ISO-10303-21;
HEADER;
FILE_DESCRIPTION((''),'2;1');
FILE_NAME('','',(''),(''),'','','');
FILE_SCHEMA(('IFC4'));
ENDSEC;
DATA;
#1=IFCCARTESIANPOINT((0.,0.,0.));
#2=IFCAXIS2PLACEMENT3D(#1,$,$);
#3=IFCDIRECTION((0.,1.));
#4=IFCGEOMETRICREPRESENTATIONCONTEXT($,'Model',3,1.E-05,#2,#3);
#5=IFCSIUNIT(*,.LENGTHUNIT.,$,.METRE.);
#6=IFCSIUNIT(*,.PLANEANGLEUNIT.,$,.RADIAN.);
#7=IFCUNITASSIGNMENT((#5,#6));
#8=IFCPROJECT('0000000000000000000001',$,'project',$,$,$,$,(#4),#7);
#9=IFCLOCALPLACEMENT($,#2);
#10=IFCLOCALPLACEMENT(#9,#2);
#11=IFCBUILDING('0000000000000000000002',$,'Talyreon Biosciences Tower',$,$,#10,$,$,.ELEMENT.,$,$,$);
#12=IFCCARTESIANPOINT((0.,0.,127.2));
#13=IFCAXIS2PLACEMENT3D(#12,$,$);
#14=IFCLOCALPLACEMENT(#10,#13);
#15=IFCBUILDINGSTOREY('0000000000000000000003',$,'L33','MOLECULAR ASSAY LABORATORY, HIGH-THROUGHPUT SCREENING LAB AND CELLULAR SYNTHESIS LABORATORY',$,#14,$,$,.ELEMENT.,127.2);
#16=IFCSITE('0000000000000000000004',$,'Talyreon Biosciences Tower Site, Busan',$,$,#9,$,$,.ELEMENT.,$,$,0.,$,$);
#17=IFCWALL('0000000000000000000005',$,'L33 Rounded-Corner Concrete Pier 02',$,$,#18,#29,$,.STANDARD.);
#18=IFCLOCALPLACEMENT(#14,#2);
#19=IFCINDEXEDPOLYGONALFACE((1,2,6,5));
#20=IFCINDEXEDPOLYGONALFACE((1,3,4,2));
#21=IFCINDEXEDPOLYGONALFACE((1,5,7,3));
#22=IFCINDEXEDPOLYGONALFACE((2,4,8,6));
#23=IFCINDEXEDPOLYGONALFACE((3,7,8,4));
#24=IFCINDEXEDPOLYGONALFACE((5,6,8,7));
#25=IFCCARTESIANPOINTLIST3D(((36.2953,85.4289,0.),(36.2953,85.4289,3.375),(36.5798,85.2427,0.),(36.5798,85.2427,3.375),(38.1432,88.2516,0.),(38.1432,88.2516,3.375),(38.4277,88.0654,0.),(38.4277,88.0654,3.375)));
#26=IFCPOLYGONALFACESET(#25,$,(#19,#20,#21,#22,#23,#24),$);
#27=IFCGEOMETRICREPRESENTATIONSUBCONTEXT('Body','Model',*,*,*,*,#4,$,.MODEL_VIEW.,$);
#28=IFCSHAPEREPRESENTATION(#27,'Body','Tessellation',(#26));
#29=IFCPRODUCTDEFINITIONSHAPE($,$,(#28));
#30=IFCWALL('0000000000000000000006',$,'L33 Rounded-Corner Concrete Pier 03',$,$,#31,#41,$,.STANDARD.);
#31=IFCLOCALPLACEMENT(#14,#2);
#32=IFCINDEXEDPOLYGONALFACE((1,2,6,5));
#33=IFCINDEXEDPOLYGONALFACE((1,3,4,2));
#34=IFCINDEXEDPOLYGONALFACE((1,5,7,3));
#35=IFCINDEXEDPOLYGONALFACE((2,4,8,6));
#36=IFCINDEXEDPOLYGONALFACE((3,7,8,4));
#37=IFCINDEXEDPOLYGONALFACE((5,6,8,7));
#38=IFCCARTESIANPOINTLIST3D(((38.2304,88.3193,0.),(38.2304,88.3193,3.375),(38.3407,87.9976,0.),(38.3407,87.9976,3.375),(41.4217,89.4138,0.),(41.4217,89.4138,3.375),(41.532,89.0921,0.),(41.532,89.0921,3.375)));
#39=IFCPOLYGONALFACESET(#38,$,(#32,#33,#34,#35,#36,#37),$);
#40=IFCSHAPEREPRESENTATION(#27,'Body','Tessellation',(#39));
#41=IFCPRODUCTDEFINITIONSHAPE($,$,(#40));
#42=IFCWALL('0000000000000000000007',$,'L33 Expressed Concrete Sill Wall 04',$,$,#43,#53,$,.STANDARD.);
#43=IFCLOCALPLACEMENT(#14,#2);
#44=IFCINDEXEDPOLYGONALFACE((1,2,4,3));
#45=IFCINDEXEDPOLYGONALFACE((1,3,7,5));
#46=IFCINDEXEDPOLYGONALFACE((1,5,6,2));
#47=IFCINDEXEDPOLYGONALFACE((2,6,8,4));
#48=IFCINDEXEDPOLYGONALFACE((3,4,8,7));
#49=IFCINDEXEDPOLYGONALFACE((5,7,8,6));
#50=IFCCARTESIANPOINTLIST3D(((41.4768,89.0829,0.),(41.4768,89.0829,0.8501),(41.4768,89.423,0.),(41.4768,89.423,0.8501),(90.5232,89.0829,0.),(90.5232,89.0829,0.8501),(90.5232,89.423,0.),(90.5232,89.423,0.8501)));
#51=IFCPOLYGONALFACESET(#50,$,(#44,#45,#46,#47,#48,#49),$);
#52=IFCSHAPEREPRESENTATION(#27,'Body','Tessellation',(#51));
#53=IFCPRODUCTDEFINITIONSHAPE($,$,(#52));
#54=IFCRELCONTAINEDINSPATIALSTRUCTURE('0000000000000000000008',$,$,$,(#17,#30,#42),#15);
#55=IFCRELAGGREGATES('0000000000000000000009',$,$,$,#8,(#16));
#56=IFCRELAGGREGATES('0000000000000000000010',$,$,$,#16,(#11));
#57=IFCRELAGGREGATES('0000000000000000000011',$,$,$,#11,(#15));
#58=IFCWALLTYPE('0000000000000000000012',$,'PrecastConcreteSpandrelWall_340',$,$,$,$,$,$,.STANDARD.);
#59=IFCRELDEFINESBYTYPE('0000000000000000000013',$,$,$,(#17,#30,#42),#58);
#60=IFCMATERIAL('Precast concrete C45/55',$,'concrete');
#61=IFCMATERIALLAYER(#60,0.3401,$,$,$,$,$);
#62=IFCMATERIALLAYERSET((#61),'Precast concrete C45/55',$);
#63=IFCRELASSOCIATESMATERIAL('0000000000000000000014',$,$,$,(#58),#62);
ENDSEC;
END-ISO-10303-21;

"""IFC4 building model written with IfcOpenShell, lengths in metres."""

from ifc_helpers import new_model, si_unit, direction, frame, frame_2d, origin, place, context, subcontext, project, spatial, rectangle, extrude, material, layer, layer_set, type_object, element, save


model = new_model("IFC4")

# Units and contexts
model_context = context("Model", 3, precision=1e-05, world=origin(), true_north=direction((0.0, 1.0)))
body_context = subcontext(model_context, "Body", "Model", "MODEL_VIEW")
ifc_project = project(units=[si_unit("LENGTHUNIT", "METRE"), si_unit("PLANEANGLEUNIT", "RADIAN")], contexts=[model_context])

# Site, building, storey
site_placement = place(None, origin())
site = spatial("IfcSite", under=ifc_project, at=site_placement, Name="Talyreon Biosciences Tower Site, Busan", CompositionType="ELEMENT", RefElevation=0.0)
building_placement = place(site_placement, origin())
building = spatial("IfcBuilding", under=site, at=building_placement, Name="Talyreon Biosciences Tower", CompositionType="ELEMENT")
storey_placement = place(building_placement, frame((0.0, 0.0, 127.2)))
storey = spatial("IfcBuildingStorey", under=building, at=storey_placement, Name="L33", Description="MOLECULAR ASSAY LABORATORY, HIGH-THROUGHPUT SCREENING LAB AND CELLULAR SYNTHESIS LABORATORY", CompositionType="ELEMENT", Elevation=127.2)

# Shared definitions
ifc_material_1 = material(Name="Precast concrete C45/55", Category="concrete")

# Walls
ifc_layer_1 = layer(ifc_material_1, 0.3401)
ifc_layer_set_1 = layer_set([ifc_layer_1], Name="Precast concrete C45/55")
wall_type_1 = type_object("IfcWallType", Name="PrecastConcreteSpandrelWall_340", PredefinedType="STANDARD", material=ifc_layer_set_1)
for number, where, z_axis, x_axis, name in (
    (1, (36.4375, 85.3357, 0.0), (0.0, 0.0, 1.0), (0.547717, 0.836664, 0.0), "L33 Rounded-Corner Concrete Pier 02"),
    (2, (38.2854, 88.1584, 0.0), (0.0, 0.0, 1.0), (0.94592, 0.3244, 0.0), "L33 Rounded-Corner Concrete Pier 03"),
):
    element("IfcWall", number, at=place(storey_placement, frame(where, z_axis=z_axis, x_axis=x_axis)), inside=storey, type_object=wall_type_1, Name=name, PredefinedType="STANDARD", context=body_context, shape_type="SweptSolid", body=[
        extrude(rectangle(XDim=3.3738, YDim=0.3401, at=frame_2d((1.687, 0.0))), origin(), (0.0, 0.0, 1.0), 3.375),
    ])
wall_1_placement = place(storey_placement, frame((41.4768, 89.2529, 0.0), z_axis=(0.0, 0.0, 1.0), x_axis=(1.0, 0.0, 0.0)))
element("IfcWall", 3, at=wall_1_placement, inside=storey, type_object=wall_type_1, Name="L33 Expressed Concrete Sill Wall 04", PredefinedType="STANDARD", context=body_context, shape_type="SweptSolid", body=[
    extrude(rectangle(XDim=49.0464, YDim=0.3401, at=frame_2d((24.5232, 0.0))), origin(), (0.0, 0.0, 1.0), 0.8501),
])

save(model, "model.ifc")
